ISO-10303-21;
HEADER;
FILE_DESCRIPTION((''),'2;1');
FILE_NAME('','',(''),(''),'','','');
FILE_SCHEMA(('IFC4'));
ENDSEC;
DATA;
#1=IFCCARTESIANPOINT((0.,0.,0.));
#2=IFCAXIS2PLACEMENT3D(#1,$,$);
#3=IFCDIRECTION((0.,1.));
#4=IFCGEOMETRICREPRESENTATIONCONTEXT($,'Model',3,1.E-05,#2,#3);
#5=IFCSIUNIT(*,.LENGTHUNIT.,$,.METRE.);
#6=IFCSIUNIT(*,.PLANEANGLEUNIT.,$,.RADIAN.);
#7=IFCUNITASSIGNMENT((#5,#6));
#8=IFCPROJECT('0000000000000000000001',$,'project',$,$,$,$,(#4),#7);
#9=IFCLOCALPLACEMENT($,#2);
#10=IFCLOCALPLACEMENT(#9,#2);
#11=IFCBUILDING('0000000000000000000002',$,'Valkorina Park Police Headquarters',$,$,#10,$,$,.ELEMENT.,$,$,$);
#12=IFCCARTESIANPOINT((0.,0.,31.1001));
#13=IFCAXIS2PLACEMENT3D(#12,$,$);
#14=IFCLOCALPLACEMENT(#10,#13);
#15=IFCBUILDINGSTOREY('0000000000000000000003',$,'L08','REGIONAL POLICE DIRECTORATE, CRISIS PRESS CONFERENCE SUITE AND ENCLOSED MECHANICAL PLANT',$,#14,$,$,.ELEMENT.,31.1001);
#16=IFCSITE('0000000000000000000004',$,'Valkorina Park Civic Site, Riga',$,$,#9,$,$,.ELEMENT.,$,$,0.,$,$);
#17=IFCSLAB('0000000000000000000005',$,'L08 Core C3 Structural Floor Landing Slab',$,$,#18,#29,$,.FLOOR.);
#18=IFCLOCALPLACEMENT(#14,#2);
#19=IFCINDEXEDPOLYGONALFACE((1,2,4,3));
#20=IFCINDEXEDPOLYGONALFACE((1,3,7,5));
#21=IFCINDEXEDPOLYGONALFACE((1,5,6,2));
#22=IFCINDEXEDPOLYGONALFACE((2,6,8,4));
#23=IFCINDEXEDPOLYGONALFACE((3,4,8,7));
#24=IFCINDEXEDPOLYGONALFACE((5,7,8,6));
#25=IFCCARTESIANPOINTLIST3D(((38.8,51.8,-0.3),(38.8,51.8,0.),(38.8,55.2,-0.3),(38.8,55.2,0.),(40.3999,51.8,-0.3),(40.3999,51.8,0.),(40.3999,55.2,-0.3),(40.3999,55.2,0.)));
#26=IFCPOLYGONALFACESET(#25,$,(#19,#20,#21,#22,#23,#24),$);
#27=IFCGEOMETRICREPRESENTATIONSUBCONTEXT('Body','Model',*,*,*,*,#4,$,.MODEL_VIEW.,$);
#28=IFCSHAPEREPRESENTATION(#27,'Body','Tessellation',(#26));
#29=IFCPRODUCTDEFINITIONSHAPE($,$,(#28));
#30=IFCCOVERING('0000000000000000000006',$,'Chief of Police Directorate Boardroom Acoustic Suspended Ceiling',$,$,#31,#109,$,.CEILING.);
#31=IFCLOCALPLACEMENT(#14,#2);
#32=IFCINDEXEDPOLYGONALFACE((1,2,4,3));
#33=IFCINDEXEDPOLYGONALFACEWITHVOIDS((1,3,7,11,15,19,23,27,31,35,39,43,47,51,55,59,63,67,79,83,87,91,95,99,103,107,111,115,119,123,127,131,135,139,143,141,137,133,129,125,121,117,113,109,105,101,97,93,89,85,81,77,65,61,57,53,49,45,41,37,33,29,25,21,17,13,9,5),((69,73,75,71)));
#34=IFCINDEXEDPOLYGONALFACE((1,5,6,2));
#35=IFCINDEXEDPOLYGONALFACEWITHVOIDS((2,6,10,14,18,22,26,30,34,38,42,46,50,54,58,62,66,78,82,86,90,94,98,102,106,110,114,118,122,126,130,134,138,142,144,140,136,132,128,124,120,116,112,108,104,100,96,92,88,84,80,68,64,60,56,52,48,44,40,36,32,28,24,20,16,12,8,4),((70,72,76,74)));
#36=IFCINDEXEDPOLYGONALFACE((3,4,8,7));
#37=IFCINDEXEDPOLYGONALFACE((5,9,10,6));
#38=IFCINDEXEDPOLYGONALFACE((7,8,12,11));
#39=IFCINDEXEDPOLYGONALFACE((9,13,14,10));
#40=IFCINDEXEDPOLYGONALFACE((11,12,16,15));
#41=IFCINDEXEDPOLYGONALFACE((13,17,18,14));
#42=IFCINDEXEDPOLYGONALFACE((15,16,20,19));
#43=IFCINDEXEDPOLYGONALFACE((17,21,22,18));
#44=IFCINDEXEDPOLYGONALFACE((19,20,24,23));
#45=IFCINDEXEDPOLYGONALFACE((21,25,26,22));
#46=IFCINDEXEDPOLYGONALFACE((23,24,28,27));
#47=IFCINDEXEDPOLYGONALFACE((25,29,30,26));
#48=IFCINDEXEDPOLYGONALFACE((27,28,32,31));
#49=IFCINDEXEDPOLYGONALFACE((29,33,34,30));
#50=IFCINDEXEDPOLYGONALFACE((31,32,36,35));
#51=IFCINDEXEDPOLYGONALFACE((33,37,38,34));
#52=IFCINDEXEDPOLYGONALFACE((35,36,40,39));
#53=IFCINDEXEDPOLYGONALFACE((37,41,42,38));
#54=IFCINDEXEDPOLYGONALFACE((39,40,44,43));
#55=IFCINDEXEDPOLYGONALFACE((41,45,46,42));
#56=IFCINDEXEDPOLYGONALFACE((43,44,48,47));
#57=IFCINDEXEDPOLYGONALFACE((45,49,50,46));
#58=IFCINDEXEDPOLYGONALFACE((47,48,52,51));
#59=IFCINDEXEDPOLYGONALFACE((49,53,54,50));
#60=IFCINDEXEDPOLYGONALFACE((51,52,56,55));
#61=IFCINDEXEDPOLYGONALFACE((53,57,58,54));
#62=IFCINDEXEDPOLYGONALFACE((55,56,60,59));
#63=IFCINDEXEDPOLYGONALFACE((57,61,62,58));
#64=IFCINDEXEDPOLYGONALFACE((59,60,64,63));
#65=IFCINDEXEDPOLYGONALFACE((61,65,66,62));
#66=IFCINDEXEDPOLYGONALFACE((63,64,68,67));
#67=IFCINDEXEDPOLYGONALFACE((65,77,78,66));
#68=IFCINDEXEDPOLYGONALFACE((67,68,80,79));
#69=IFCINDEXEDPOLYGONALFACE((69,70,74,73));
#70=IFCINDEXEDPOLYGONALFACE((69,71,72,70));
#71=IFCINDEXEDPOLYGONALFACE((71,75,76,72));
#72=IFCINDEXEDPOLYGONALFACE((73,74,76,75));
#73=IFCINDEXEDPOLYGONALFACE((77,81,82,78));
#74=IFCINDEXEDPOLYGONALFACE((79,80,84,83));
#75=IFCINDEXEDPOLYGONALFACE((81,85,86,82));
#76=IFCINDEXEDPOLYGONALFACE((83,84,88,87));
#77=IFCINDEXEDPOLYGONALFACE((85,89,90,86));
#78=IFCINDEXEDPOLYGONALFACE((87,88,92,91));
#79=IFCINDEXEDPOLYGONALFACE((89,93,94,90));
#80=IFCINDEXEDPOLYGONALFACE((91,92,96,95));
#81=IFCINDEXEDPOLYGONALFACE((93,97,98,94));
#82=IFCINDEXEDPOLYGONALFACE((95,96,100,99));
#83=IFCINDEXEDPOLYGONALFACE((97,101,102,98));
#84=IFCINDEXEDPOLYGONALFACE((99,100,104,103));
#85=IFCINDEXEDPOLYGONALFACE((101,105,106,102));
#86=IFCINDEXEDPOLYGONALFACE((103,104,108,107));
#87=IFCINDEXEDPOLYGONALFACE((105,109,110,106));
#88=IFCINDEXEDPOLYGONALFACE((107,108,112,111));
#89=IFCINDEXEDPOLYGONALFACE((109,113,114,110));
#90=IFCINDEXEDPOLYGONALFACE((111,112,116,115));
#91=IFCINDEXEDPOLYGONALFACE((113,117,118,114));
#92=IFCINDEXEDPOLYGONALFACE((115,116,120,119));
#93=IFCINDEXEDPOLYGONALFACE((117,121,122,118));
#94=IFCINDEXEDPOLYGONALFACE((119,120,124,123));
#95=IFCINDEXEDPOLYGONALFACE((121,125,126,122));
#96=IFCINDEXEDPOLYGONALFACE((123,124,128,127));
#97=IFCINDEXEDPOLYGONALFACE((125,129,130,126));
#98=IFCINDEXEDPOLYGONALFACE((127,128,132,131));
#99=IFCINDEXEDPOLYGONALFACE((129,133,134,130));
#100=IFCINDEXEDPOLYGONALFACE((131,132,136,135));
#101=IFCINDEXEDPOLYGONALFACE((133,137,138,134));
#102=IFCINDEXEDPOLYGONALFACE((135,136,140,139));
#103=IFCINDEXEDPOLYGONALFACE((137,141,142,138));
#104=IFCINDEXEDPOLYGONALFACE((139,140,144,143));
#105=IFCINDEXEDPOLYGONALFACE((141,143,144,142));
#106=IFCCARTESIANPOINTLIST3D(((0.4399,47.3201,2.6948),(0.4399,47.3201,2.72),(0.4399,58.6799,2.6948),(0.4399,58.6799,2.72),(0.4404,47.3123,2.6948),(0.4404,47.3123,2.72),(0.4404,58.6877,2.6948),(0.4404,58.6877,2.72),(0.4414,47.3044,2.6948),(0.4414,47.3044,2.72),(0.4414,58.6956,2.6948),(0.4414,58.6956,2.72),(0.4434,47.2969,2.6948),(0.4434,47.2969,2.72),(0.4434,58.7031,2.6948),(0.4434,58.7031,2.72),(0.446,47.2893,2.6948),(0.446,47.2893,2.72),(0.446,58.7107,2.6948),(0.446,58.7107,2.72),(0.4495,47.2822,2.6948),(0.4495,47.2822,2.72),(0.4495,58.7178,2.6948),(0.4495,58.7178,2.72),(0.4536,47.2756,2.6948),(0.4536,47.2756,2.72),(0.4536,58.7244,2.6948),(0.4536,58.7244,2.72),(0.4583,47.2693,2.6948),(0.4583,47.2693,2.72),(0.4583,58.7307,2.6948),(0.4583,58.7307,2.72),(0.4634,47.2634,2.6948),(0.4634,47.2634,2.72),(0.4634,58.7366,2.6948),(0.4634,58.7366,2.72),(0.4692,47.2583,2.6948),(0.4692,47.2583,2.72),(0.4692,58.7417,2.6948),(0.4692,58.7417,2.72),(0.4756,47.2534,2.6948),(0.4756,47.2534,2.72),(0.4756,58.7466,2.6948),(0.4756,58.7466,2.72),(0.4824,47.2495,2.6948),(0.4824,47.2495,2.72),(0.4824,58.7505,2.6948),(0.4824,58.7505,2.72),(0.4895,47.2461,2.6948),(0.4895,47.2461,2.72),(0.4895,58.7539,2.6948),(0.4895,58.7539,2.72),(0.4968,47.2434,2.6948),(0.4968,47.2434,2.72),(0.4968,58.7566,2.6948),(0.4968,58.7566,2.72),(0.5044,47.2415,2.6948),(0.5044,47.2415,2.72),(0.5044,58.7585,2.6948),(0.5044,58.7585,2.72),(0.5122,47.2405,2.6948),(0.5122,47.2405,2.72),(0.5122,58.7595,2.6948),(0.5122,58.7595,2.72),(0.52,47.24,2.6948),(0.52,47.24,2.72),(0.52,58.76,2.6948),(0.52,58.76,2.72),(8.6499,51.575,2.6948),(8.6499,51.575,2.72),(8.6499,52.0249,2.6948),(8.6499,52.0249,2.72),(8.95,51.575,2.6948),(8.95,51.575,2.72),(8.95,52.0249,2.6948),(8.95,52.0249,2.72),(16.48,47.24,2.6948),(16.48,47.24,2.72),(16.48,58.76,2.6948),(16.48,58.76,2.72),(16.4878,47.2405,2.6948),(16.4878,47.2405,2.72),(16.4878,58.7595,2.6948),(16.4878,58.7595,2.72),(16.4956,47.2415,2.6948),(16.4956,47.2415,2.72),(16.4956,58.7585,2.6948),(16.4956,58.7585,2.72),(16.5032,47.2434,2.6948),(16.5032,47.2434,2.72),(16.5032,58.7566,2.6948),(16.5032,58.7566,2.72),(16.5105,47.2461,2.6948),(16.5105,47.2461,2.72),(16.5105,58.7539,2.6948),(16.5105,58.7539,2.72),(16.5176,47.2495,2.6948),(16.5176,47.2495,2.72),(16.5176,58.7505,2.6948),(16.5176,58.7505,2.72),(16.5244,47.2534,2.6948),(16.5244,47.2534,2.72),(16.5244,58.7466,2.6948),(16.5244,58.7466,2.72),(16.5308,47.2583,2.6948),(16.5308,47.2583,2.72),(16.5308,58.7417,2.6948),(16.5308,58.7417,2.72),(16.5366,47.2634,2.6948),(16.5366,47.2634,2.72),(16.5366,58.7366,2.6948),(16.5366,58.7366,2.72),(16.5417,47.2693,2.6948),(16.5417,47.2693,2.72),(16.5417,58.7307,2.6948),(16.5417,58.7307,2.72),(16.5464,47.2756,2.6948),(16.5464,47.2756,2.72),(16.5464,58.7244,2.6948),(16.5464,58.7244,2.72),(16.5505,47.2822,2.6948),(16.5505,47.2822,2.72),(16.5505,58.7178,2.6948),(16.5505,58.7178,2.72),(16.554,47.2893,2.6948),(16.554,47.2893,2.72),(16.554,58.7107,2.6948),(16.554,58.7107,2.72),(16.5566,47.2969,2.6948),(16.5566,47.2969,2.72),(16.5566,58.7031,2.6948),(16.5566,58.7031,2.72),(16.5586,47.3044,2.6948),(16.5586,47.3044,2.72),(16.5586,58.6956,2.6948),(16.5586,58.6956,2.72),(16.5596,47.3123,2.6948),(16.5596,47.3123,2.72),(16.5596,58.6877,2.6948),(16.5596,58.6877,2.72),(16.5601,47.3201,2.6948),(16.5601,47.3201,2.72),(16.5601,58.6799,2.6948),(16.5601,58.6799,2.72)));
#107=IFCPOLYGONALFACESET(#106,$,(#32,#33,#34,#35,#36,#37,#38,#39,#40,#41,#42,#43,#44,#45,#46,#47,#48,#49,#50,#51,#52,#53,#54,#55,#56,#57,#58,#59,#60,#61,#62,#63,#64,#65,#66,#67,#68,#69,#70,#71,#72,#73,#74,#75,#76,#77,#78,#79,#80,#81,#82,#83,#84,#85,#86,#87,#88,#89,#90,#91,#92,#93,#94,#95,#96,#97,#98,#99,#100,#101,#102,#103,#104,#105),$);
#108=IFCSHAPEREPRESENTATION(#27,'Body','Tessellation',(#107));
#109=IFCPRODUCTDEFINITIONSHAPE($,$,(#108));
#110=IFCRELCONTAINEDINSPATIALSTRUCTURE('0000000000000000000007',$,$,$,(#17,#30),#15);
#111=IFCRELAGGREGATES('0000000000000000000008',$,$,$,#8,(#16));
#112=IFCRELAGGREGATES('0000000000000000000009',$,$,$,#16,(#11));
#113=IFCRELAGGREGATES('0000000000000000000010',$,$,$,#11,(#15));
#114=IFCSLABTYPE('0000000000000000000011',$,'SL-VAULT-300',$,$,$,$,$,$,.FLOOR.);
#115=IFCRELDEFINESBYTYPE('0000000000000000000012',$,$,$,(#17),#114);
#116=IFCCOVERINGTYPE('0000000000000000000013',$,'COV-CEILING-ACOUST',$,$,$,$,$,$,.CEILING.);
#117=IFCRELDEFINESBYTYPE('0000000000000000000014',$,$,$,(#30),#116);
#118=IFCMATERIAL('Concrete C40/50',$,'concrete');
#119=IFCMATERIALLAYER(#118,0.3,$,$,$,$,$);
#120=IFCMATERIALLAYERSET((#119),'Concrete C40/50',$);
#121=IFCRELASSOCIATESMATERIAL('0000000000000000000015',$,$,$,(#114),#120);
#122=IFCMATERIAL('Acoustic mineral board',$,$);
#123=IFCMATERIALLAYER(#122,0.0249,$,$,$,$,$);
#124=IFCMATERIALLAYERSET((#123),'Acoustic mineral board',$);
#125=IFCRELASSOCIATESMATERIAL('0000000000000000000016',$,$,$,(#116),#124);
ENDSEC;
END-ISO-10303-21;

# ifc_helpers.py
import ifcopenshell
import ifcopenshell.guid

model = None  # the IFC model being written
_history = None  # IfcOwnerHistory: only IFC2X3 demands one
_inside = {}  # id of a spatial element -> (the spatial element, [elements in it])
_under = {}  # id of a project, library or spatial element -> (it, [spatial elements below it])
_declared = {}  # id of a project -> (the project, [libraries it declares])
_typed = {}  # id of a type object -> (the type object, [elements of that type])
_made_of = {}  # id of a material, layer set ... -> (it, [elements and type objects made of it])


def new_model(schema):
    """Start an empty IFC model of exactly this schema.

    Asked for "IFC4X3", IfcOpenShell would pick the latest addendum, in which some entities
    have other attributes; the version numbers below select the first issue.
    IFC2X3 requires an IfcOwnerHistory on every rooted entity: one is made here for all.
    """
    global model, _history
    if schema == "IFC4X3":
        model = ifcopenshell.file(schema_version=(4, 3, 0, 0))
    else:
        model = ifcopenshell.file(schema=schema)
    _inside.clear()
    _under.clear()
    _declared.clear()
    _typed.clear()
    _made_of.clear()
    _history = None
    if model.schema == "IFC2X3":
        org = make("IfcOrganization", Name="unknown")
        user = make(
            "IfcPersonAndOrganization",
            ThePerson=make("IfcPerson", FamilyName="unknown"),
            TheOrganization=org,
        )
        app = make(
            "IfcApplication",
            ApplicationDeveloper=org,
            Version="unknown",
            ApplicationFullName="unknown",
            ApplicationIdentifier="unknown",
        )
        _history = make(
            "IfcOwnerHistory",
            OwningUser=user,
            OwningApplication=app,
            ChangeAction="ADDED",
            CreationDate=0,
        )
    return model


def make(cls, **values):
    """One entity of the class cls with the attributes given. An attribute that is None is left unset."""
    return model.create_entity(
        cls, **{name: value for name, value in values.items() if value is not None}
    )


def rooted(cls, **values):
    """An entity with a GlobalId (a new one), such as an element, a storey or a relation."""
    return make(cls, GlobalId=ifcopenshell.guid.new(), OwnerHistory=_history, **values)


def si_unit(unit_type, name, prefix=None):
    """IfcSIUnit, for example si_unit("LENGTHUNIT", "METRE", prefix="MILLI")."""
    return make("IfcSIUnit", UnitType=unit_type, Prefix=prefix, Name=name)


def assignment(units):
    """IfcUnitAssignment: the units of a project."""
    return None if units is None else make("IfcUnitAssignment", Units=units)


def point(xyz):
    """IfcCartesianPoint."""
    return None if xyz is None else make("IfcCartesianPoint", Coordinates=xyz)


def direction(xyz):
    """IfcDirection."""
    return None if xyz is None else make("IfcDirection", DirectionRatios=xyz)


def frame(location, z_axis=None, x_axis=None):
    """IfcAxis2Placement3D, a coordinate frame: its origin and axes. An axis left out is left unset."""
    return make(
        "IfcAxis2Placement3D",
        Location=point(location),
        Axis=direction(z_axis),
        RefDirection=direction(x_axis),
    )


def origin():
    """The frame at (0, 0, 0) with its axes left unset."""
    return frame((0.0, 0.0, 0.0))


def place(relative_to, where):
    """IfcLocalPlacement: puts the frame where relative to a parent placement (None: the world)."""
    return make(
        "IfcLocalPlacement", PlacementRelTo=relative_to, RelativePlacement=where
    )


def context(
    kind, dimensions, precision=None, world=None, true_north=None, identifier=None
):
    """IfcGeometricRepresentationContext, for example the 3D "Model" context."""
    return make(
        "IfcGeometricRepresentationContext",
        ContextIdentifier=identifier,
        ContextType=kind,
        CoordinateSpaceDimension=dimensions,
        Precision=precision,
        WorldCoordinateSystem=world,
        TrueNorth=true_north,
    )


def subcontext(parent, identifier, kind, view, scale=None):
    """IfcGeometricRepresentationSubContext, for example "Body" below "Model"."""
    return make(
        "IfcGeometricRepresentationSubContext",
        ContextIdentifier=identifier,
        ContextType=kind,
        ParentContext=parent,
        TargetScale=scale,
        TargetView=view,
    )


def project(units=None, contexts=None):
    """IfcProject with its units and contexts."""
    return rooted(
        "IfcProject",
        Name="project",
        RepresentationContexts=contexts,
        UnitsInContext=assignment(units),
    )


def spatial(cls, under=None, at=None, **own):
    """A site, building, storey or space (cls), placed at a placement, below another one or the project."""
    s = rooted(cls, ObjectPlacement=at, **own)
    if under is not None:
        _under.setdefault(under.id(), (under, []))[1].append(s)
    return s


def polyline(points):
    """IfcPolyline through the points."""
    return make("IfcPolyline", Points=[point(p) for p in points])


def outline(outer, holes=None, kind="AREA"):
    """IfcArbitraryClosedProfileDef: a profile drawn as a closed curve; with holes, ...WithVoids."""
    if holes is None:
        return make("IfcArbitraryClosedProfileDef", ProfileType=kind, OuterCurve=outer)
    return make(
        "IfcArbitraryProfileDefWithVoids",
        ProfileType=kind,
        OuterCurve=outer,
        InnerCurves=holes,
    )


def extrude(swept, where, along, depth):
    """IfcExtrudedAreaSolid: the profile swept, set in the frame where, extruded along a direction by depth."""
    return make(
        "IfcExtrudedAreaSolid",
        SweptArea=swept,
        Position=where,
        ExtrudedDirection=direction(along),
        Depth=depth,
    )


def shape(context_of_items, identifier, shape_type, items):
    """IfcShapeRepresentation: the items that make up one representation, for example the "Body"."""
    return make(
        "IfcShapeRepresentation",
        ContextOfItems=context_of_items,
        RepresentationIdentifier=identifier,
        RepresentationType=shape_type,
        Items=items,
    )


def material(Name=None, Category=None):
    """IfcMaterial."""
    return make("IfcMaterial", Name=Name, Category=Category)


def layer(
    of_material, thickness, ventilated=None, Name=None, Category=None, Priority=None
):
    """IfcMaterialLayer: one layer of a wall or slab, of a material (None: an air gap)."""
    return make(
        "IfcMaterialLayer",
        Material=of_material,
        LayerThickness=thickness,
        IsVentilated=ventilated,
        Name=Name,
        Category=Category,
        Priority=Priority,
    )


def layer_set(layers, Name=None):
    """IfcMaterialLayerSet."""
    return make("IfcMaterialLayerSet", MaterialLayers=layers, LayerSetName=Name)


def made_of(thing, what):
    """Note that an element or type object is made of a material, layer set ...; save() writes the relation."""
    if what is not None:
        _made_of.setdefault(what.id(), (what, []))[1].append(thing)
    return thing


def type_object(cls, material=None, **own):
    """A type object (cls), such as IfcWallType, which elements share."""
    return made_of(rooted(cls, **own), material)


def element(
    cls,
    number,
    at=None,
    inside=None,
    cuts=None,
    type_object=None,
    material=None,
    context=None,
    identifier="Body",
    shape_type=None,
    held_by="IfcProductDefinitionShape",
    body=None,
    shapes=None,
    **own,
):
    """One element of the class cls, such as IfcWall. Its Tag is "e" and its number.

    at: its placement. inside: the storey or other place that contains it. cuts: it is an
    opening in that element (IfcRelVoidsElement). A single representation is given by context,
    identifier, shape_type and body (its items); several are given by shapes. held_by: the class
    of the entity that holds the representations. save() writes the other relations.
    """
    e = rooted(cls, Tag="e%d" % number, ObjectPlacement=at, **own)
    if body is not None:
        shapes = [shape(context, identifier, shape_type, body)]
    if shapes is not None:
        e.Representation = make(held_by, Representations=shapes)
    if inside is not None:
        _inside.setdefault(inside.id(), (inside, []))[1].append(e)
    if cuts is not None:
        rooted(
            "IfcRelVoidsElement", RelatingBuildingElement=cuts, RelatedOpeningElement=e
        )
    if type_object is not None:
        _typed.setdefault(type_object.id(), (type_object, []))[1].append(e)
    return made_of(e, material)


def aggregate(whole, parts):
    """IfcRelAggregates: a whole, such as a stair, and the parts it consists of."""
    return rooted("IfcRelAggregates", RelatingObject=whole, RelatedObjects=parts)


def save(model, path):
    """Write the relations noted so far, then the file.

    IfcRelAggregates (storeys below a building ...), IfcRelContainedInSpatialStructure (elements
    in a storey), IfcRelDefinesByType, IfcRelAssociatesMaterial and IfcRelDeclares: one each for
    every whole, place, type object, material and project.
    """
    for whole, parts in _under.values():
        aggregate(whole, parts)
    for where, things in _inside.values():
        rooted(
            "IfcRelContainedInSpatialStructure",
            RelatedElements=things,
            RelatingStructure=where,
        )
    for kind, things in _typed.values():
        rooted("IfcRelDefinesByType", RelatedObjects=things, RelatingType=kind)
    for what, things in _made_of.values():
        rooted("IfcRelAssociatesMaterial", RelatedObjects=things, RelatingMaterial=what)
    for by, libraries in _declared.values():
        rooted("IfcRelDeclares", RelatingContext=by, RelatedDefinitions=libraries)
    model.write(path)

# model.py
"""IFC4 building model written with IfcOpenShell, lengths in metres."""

from ifc_helpers import new_model, si_unit, direction, frame, origin, place, context, subcontext, project, spatial, polyline, outline, extrude, material, layer, layer_set, type_object, element, save


model = new_model("IFC4")

# Units and contexts
model_context = context("Model", 3, precision=1e-05, world=origin(), true_north=direction((0.0, 1.0)))
body_context = subcontext(model_context, "Body", "Model", "MODEL_VIEW")
ifc_project = project(units=[si_unit("LENGTHUNIT", "METRE"), si_unit("PLANEANGLEUNIT", "RADIAN")], contexts=[model_context])

# Site, building, storey
site_placement = place(None, origin())
site = spatial("IfcSite", under=ifc_project, at=site_placement, Name="Valkorina Park Civic Site, Riga", CompositionType="ELEMENT", RefElevation=0.0)
building_placement = place(site_placement, origin())
building = spatial("IfcBuilding", under=site, at=building_placement, Name="Valkorina Park Police Headquarters", CompositionType="ELEMENT")
storey_placement = place(building_placement, frame((0.0, 0.0, 31.1001)))
storey = spatial("IfcBuildingStorey", under=building, at=storey_placement, Name="L08", Description="REGIONAL POLICE DIRECTORATE, CRISIS PRESS CONFERENCE SUITE AND ENCLOSED MECHANICAL PLANT", CompositionType="ELEMENT", Elevation=31.1001)

# Slab
ifc_material_1 = material(Name="Concrete C40/50", Category="concrete")
ifc_layer_1 = layer(ifc_material_1, 0.3)
ifc_layer_set_1 = layer_set([ifc_layer_1], Name="Concrete C40/50")
slab_type_1 = type_object("IfcSlabType", Name="SL-VAULT-300", PredefinedType="FLOOR", material=ifc_layer_set_1)
slab_1_placement = place(storey_placement, frame((0.0, 0.0, -0.3)))
element("IfcSlab", 1, at=slab_1_placement, inside=storey, type_object=slab_type_1, Name="L08 Core C3 Structural Floor Landing Slab", PredefinedType="FLOOR", context=body_context, shape_type="SweptSolid", body=[
    extrude(outline(polyline([(38.8, 51.8), (40.3999, 51.8), (40.3999, 55.2), (38.8, 55.2), (38.8, 51.8)])), origin(), (0.0, 0.0, 1.0), 0.3),
])

# Covering
ifc_material_2 = material(Name="Acoustic mineral board")
ifc_layer_2 = layer(ifc_material_2, 0.0249)
ifc_layer_set_2 = layer_set([ifc_layer_2], Name="Acoustic mineral board")
covering_type_1 = type_object("IfcCoveringType", Name="COV-CEILING-ACOUST", PredefinedType="CEILING", material=ifc_layer_set_2)
covering_1_placement = place(storey_placement, frame((0.0, 0.0, 2.6948)))
element("IfcCovering", 2, at=covering_1_placement, inside=storey, type_object=covering_type_1, Name="Chief of Police Directorate Boardroom Acoustic Suspended Ceiling", PredefinedType="CEILING", context=body_context, shape_type="SweptSolid", body=[
    extrude(outline(polyline([(16.4956, 58.7585), (16.4878, 58.7595), (16.48, 58.76), (0.52, 58.76), (0.5122, 58.7595), (0.5044, 58.7585), (0.4968, 58.7566), (0.4895, 58.7539), (0.4824, 58.7505), (0.4756, 58.7466), (0.4692, 58.7417), (0.4634, 58.7366), (0.4583, 58.7307), (0.4536, 58.7244), (0.4495, 58.7178), (0.446, 58.7107), (0.4434, 58.7031), (0.4414, 58.6956), (0.4404, 58.6877), (0.4399, 58.6799), (0.4399, 47.3201), (0.4404, 47.3123), (0.4414, 47.3044), (0.4434, 47.2969), (0.446, 47.2893), (0.4495, 47.2822), (0.4536, 47.2756), (0.4583, 47.2693), (0.4634, 47.2634), (0.4692, 47.2583), (0.4756, 47.2534), (0.4824, 47.2495), (0.4895, 47.2461), (0.4968, 47.2434), (0.5044, 47.2415), (0.5122, 47.2405), (0.52, 47.24), (16.48, 47.24), (16.4878, 47.2405), (16.4956, 47.2415), (16.5032, 47.2434), (16.5105, 47.2461), (16.5176, 47.2495), (16.5244, 47.2534), (16.5308, 47.2583), (16.5366, 47.2634), (16.5417, 47.2693), (16.5464, 47.2756), (16.5505, 47.2822), (16.554, 47.2893), (16.5566, 47.2969), (16.5586, 47.3044), (16.5596, 47.3123), (16.5601, 47.3201), (16.5601, 58.6799), (16.5596, 58.6877), (16.5586, 58.6956), (16.5566, 58.7031), (16.554, 58.7107), (16.5505, 58.7178), (16.5464, 58.7244), (16.5417, 58.7307), (16.5366, 58.7366), (16.5308, 58.7417), (16.5244, 58.7466), (16.5176, 58.7505), (16.5105, 58.7539), (16.5032, 58.7566), (16.4956, 58.7585)]), holes=[polyline([(8.6499, 51.575), (8.6499, 52.0249), (8.95, 52.0249), (8.95, 51.575), (8.6499, 51.575)])]), origin(), (0.0, 0.0, 1.0), 0.0251),
])

save(model, "model.ifc")
